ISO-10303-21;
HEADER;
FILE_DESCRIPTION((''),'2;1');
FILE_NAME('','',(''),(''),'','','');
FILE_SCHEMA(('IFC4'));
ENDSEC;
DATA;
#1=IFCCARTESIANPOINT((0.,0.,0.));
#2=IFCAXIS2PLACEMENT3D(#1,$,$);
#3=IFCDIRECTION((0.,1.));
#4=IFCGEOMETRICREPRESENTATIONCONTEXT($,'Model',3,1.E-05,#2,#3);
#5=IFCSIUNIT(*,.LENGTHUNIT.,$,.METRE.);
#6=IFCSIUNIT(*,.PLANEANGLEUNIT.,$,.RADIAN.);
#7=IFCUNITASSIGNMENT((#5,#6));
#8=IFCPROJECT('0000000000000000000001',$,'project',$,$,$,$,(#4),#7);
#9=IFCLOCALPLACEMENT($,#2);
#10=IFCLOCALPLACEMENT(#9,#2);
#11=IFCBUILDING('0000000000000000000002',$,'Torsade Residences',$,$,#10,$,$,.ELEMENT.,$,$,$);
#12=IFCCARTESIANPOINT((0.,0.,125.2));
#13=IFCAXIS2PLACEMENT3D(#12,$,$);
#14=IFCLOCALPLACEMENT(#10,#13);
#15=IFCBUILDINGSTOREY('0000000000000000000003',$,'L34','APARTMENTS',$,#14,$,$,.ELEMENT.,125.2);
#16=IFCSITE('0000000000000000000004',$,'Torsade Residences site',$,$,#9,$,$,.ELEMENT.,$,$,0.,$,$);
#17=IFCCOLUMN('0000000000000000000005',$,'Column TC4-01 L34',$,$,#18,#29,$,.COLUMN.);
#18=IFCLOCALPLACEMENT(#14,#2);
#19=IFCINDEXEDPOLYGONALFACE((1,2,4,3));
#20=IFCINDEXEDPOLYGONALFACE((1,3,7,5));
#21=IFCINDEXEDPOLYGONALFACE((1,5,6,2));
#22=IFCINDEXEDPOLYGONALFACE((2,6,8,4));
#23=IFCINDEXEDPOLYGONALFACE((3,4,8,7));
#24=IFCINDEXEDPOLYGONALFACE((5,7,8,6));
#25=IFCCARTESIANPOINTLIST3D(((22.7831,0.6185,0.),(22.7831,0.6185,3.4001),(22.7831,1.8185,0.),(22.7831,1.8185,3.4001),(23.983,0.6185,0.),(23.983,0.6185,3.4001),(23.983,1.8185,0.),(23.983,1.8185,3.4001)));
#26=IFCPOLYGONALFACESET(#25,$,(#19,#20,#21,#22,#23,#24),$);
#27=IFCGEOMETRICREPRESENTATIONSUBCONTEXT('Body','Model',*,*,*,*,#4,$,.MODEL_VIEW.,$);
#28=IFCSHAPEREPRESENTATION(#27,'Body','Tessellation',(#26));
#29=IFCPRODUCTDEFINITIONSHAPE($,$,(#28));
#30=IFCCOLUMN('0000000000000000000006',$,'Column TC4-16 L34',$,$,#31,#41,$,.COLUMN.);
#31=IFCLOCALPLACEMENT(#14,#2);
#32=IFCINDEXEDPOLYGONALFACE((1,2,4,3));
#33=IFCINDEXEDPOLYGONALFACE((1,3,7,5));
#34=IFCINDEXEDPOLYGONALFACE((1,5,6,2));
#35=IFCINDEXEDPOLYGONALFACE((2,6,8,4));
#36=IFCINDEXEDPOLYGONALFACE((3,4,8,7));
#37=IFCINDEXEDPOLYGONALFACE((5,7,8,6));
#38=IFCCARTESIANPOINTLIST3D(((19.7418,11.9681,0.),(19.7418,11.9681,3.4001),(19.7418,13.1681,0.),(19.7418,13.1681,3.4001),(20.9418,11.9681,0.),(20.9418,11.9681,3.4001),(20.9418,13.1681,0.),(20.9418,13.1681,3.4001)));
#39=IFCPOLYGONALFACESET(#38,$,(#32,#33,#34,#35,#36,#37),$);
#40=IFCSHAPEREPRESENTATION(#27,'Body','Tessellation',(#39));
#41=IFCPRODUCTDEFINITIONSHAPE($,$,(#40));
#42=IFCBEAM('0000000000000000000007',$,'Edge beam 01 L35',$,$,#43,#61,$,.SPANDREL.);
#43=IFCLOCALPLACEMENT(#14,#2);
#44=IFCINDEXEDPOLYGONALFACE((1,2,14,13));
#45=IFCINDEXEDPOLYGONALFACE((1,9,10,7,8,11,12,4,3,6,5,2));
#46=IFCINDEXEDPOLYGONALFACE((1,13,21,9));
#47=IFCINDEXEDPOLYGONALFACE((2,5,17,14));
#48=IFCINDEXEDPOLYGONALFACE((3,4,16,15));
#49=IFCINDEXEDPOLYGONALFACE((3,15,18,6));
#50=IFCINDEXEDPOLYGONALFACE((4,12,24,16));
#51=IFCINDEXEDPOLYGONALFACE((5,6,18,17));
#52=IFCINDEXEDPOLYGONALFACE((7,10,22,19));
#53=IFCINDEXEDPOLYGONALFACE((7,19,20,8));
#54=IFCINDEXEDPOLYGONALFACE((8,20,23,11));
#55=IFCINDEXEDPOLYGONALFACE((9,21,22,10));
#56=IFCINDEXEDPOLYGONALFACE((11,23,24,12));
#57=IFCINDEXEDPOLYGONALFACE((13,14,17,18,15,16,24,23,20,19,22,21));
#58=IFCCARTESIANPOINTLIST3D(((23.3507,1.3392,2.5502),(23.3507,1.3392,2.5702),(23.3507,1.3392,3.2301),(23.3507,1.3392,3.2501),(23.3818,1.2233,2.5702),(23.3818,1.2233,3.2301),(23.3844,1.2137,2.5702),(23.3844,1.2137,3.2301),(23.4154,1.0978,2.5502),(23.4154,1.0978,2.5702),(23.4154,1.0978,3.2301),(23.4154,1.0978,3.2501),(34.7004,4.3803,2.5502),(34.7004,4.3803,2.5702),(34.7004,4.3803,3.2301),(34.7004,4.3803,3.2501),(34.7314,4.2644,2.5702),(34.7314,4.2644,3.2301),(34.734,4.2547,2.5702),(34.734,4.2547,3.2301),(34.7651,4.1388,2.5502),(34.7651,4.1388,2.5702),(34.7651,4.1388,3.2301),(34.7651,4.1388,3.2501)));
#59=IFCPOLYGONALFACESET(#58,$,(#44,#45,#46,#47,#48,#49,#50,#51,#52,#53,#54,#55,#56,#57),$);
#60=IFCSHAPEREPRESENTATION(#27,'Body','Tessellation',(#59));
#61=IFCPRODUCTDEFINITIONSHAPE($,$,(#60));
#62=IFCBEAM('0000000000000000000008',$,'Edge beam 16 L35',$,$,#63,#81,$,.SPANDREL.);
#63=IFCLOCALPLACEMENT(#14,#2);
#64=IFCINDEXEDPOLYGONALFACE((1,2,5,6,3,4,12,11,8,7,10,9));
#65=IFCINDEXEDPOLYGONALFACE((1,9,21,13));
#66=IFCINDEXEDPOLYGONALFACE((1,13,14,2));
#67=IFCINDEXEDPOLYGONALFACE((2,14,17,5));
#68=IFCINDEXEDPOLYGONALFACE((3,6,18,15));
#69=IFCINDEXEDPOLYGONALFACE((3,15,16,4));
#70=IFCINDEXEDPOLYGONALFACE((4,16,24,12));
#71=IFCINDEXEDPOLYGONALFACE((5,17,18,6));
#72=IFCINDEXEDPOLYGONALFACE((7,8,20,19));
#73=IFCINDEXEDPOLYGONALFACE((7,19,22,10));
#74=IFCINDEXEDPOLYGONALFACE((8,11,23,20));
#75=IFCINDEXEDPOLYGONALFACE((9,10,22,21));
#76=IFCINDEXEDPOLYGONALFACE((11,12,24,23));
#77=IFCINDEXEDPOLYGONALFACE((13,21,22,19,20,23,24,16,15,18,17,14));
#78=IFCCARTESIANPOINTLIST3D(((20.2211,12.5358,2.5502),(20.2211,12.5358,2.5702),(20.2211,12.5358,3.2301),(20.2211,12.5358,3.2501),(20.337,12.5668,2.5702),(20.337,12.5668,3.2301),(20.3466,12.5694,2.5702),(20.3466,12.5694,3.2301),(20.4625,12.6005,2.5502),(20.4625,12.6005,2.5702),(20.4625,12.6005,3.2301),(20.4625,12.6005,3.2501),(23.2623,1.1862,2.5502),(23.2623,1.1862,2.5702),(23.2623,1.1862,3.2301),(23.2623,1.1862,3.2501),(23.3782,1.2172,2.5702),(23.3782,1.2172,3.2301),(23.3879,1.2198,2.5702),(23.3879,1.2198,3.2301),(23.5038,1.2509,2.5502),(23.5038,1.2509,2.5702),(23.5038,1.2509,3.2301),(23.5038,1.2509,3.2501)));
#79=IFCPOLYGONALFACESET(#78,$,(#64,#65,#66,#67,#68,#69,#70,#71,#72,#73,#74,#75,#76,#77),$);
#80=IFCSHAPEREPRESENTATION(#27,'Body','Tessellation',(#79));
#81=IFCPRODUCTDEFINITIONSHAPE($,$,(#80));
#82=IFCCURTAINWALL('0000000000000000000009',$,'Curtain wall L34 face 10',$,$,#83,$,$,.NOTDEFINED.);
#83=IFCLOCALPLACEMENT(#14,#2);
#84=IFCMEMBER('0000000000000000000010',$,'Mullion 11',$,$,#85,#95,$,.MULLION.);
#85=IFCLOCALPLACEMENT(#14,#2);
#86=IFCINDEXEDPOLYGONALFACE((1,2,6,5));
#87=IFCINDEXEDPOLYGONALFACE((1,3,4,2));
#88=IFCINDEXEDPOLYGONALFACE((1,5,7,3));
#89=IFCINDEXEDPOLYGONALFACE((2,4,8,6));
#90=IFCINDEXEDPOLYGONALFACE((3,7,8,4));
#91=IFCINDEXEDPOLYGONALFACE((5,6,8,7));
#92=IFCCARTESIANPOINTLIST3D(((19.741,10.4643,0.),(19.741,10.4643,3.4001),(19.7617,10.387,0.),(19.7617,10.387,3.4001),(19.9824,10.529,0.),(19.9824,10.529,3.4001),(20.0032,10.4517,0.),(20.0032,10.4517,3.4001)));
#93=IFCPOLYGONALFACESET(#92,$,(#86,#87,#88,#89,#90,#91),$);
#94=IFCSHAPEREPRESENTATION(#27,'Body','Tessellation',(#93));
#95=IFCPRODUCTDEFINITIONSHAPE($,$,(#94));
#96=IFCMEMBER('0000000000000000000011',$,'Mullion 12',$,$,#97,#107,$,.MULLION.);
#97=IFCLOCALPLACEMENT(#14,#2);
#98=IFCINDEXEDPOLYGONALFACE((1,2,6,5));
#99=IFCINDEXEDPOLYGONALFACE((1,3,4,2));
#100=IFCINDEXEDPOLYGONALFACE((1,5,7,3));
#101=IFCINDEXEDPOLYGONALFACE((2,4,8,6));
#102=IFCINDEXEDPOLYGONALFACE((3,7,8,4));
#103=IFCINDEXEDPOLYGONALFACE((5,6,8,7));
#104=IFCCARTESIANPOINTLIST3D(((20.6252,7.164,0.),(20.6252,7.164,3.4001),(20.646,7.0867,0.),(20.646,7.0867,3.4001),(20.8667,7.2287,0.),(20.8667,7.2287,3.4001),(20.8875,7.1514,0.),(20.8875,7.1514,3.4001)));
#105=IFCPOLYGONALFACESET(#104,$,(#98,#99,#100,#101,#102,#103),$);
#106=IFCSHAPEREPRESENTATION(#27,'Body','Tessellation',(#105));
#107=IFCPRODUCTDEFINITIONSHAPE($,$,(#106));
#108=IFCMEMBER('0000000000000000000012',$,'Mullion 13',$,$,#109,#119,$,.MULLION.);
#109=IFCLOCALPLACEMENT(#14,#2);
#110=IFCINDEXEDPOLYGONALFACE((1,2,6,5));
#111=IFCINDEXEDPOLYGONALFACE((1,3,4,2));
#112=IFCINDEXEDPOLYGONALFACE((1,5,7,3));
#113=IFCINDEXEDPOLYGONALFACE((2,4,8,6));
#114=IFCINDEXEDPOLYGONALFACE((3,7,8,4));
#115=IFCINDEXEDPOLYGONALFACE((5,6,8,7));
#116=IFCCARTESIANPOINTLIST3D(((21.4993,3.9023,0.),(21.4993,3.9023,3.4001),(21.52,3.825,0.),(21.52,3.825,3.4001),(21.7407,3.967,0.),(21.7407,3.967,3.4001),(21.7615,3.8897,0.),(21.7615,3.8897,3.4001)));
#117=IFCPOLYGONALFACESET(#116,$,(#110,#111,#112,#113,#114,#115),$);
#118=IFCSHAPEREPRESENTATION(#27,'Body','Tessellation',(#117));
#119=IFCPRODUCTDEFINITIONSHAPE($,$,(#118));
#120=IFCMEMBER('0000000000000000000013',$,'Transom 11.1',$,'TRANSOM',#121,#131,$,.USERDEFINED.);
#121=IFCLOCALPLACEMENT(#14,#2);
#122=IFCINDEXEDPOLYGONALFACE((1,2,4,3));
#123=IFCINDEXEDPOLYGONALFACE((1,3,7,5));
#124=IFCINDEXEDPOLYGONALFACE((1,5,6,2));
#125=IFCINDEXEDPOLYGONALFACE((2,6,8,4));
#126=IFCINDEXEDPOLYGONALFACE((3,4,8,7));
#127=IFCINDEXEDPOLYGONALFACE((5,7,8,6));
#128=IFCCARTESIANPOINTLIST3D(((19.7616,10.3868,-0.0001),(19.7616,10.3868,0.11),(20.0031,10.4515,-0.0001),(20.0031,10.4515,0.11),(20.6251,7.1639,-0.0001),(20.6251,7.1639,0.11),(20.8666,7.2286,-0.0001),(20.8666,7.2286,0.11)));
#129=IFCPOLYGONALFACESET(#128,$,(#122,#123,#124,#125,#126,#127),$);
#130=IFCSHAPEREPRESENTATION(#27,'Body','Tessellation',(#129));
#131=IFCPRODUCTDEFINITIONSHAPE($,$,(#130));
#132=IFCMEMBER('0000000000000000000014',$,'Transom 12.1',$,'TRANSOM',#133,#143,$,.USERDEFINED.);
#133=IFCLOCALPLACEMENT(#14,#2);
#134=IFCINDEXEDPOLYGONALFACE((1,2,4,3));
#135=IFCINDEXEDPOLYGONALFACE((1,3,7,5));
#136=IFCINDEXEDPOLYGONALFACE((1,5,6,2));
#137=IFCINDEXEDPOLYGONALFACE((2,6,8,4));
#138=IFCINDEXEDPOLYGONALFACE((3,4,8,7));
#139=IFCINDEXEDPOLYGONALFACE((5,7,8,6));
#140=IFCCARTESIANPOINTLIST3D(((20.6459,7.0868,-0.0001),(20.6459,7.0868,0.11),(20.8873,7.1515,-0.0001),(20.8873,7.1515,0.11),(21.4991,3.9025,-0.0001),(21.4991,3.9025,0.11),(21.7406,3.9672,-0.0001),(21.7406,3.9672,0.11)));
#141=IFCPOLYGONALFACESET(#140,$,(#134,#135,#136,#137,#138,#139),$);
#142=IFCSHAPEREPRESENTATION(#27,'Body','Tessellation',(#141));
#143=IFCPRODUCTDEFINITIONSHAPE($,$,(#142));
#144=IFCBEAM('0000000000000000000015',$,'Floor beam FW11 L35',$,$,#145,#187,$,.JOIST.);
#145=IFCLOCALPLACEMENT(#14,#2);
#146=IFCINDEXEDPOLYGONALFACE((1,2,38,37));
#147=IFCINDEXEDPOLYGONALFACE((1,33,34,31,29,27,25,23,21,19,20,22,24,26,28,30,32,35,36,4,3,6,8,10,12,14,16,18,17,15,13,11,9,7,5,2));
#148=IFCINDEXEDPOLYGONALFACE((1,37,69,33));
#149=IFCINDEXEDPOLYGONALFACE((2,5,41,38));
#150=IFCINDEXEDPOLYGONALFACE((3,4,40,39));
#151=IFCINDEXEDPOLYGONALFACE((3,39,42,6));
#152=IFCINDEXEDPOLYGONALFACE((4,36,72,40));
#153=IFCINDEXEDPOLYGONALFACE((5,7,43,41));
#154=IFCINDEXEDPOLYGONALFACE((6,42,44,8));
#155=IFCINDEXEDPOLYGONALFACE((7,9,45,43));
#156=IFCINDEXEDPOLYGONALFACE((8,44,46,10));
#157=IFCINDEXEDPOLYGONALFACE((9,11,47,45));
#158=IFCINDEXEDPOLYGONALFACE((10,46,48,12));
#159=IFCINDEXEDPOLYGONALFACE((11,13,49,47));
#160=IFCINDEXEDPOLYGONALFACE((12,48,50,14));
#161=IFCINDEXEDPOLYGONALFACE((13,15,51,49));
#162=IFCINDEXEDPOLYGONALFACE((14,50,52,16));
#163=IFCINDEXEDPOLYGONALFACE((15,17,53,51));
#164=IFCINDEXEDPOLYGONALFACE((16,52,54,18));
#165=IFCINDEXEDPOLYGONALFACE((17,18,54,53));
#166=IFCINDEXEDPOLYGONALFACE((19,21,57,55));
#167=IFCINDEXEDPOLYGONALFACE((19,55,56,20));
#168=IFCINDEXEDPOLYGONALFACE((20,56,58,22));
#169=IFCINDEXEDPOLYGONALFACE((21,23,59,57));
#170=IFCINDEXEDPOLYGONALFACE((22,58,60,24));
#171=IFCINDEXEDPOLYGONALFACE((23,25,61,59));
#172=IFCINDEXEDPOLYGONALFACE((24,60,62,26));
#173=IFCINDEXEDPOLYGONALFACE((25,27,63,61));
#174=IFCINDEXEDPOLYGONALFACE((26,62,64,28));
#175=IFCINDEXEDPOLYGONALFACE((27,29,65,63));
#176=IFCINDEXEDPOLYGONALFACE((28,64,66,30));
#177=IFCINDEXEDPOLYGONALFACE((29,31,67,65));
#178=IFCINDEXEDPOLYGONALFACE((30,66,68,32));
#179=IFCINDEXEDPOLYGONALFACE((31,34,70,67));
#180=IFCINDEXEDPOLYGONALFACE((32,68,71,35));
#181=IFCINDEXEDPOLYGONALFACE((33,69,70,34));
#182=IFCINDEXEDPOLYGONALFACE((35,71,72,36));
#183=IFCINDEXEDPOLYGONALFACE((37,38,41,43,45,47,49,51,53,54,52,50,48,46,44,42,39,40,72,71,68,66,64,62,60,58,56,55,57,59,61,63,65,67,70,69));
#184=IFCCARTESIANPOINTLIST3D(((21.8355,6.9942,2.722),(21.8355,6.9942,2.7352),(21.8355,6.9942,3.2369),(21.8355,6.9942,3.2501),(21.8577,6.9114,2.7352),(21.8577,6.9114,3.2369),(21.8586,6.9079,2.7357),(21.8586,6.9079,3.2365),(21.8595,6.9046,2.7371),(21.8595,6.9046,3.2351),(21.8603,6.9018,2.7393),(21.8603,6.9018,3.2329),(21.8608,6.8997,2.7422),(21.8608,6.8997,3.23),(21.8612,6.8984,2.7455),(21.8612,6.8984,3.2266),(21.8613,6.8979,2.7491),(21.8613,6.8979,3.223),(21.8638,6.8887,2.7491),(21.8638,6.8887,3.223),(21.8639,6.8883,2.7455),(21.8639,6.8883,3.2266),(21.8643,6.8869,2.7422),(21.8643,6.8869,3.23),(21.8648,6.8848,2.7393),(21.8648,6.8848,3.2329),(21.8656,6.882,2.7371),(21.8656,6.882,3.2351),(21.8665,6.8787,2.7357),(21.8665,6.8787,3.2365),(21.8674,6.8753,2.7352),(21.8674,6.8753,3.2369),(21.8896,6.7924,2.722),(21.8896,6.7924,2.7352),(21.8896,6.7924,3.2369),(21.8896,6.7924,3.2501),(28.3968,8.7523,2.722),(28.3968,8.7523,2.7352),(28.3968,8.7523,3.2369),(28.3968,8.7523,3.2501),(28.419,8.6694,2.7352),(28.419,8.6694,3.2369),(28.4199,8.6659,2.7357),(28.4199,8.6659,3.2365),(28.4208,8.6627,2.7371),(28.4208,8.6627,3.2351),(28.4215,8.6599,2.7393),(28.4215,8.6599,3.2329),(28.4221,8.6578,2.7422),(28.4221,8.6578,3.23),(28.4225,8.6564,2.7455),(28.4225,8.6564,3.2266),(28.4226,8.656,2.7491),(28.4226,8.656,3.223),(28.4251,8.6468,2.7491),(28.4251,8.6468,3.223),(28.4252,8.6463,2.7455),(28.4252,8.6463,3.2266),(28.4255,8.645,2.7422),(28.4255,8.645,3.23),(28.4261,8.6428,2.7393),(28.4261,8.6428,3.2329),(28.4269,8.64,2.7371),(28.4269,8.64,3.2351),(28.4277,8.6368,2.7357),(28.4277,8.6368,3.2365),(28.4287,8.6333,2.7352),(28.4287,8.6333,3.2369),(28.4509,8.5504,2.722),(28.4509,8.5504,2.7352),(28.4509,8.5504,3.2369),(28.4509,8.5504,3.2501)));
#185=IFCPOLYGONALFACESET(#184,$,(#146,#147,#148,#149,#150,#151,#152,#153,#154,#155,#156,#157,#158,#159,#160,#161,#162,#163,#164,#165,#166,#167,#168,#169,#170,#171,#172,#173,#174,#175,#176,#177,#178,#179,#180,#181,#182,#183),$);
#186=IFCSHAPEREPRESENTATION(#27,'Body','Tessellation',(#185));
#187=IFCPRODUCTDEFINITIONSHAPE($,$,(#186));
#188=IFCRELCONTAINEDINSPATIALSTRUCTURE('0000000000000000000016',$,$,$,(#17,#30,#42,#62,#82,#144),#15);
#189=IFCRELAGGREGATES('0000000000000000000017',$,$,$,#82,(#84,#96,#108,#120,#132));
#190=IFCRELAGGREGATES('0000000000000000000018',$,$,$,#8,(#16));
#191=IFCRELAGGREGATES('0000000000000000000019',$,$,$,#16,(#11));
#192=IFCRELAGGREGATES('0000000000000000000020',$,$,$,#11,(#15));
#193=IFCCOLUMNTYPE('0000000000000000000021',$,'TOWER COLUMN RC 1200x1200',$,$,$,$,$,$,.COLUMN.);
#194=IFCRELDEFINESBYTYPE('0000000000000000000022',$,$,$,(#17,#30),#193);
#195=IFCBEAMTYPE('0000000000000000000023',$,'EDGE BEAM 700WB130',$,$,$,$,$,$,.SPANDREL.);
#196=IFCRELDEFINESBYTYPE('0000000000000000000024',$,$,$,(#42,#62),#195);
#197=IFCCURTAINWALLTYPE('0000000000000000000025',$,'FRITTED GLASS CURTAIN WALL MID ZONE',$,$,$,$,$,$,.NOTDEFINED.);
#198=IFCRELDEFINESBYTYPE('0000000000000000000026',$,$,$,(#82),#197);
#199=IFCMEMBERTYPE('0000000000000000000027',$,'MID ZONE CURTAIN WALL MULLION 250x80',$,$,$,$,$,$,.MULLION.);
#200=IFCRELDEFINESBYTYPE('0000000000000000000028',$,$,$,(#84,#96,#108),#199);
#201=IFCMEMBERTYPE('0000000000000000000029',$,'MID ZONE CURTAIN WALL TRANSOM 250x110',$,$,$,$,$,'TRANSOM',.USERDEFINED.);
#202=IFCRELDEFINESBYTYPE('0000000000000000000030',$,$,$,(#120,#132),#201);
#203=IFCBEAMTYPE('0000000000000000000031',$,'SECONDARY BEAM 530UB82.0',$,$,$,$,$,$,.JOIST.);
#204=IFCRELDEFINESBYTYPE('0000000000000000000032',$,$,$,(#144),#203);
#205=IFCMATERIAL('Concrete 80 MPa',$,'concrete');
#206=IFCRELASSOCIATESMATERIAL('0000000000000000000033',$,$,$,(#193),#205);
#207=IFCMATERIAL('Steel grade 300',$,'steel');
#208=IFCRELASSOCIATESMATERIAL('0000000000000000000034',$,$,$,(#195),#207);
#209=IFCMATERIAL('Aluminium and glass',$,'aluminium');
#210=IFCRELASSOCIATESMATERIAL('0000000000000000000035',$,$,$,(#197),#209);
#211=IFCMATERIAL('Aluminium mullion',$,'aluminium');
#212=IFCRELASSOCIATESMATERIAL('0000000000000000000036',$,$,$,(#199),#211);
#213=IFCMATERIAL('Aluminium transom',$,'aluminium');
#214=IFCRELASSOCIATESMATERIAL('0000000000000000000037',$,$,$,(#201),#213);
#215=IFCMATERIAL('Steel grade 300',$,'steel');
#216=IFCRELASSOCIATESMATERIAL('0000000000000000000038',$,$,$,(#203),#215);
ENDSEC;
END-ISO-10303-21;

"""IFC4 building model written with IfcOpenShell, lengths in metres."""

from ifc_helpers import new_model, si_unit, direction, frame, origin, origin_2d, place, context, subcontext, project, spatial, rectangle, i_section, extrude, material, material_profile, profile_set, type_object, element, aggregate, save


model = new_model("IFC4")

# Units and contexts
model_context = context("Model", 3, precision=1e-05, world=origin(), true_north=direction((0.0, 1.0)))
body_context = subcontext(model_context, "Body", "Model", "MODEL_VIEW")
ifc_project = project(units=[si_unit("LENGTHUNIT", "METRE"), si_unit("PLANEANGLEUNIT", "RADIAN")], contexts=[model_context])

# Site, building, storey
site_placement = place(None, origin())
site = spatial("IfcSite", under=ifc_project, at=site_placement, Name="Torsade Residences site", CompositionType="ELEMENT", RefElevation=0.0)
building_placement = place(site_placement, origin())
building = spatial("IfcBuilding", under=site, at=building_placement, Name="Torsade Residences", CompositionType="ELEMENT")
storey_placement = place(building_placement, frame((0.0, 0.0, 125.2)))
storey = spatial("IfcBuildingStorey", under=building, at=storey_placement, Name="L34", Description="APARTMENTS", CompositionType="ELEMENT", Elevation=125.2)

# Columns
ifc_material_1 = material(Name="Concrete 80 MPa", Category="concrete")
ifc_material_profile_1 = material_profile(ifc_material_1, rectangle(XDim=1.2, YDim=1.2, at=origin_2d()), Name="RC 1200x1200")
ifc_profile_set_1 = profile_set([ifc_material_profile_1], Name="Concrete 80 MPa")
column_type = type_object("IfcColumnType", Name="TOWER COLUMN RC 1200x1200", PredefinedType="COLUMN", material=ifc_profile_set_1)
for number, where, z_axis, x_axis, name in (
    (1, (23.3831, 1.2185, 0.0), (0.0, 0.0, 1.0), (1.0, 0.0, 0.0), "Column TC4-01 L34"),
    (2, (20.3418, 12.5681, 0.0), (0.0, 0.0, 1.0), (1.0, 0.0, 0.0), "Column TC4-16 L34"),
):
    element("IfcColumn", number, at=place(storey_placement, frame(where, z_axis=z_axis, x_axis=x_axis)), inside=storey, type_object=column_type, Name=name, PredefinedType="COLUMN", context=body_context, shape_type="SweptSolid", body=[
        extrude(rectangle(XDim=1.2, YDim=1.2, at=origin_2d()), origin(), (0.0, 0.0, 1.0), 3.4001),
    ])

# Beams
ifc_material_2 = material(Name="Steel grade 300", Category="steel")
ifc_material_profile_2 = material_profile(ifc_material_2, i_section(OverallWidth=0.25, OverallDepth=0.7, WebThickness=0.01, FlangeThickness=0.02, at=origin_2d()), Name="700WB130")
ifc_profile_set_2 = profile_set([ifc_material_profile_2], Name="Steel grade 300")
beam_type_1 = type_object("IfcBeamType", Name="EDGE BEAM 700WB130", PredefinedType="SPANDREL", material=ifc_profile_set_2)
for number, where, z_axis, x_axis, name in (
    (3, (23.3831, 1.2185, 2.9001), (0.965928, 0.258811, 0.0), (-0.258811, 0.965928, 0.0), "Edge beam 01 L35"),
    (4, (20.3418, 12.5681, 2.9001), (0.25883, -0.965923, 0.0), (0.965923, 0.25883, 0.0), "Edge beam 16 L35"),
):
    element("IfcBeam", number, at=place(storey_placement, frame(where, z_axis=z_axis, x_axis=x_axis)), inside=storey, type_object=beam_type_1, Name=name, PredefinedType="SPANDREL", context=body_context, shape_type="SweptSolid", body=[
        extrude(i_section(OverallWidth=0.25, OverallDepth=0.7, WebThickness=0.01, FlangeThickness=0.02, at=origin_2d()), origin(), (0.0, 0.0, 1.0), 11.75),
    ])

# Curtain wall, members
ifc_material_3 = material(Name="Aluminium and glass", Category="aluminium")
curtain_wall_type = type_object("IfcCurtainWallType", Name="FRITTED GLASS CURTAIN WALL MID ZONE", PredefinedType="NOTDEFINED", material=ifc_material_3)
curtain_wall_placement = place(storey_placement, origin())
curtain_wall = element("IfcCurtainWall", 5, at=curtain_wall_placement, inside=storey, type_object=curtain_wall_type, Name="Curtain wall L34 face 10", PredefinedType="NOTDEFINED")
ifc_material_4 = material(Name="Aluminium mullion", Category="aluminium")
ifc_material_profile_3 = material_profile(ifc_material_4, rectangle(XDim=0.25, YDim=0.0801, at=origin_2d()), Name="MID ZONE CURTAIN WALL MULLION 250x80")
ifc_profile_set_3 = profile_set([ifc_material_profile_3], Name="Aluminium mullion")
member_type_1 = type_object("IfcMemberType", Name="MID ZONE CURTAIN WALL MULLION 250x80", PredefinedType="MULLION", material=ifc_profile_set_3)
member_1_placement = place(storey_placement, frame((19.8721, 10.458, 0.0), z_axis=(0.0, 0.0, 1.0), x_axis=(0.965926, 0.258819, 0.0)))
member_1 = element("IfcMember", 6, at=member_1_placement, type_object=member_type_1, Name="Mullion 11", PredefinedType="MULLION", context=body_context, shape_type="SweptSolid", body=[
    extrude(rectangle(XDim=0.25, YDim=0.0801, at=origin_2d()), origin(), (0.0, 0.0, 1.0), 3.4001),
])
member_2_placement = place(storey_placement, frame((20.7563, 7.1577, 0.0), z_axis=(0.0, 0.0, 1.0), x_axis=(0.965926, 0.258819, 0.0)))
member_2 = element("IfcMember", 7, at=member_2_placement, type_object=member_type_1, Name="Mullion 12", PredefinedType="MULLION", context=body_context, shape_type="SweptSolid", body=[
    extrude(rectangle(XDim=0.25, YDim=0.0801, at=origin_2d()), origin(), (0.0, 0.0, 1.0), 3.4001),
])
member_3_placement = place(storey_placement, frame((21.6304, 3.896, 0.0), z_axis=(0.0, 0.0, 1.0), x_axis=(0.965926, 0.258819, 0.0)))
member_3 = element("IfcMember", 8, at=member_3_placement, type_object=member_type_1, Name="Mullion 13", PredefinedType="MULLION", context=body_context, shape_type="SweptSolid", body=[
    extrude(rectangle(XDim=0.25, YDim=0.0801, at=origin_2d()), origin(), (0.0, 0.0, 1.0), 3.4001),
])
ifc_material_5 = material(Name="Aluminium transom", Category="aluminium")
ifc_material_profile_4 = material_profile(ifc_material_5, rectangle(XDim=0.25, YDim=0.1101, at=origin_2d()), Name="MID ZONE CURTAIN WALL TRANSOM 250x110")
ifc_profile_set_4 = profile_set([ifc_material_profile_4], Name="Aluminium transom")
member_type_2 = type_object("IfcMemberType", Name="MID ZONE CURTAIN WALL TRANSOM 250x110", ElementType="TRANSOM", PredefinedType="USERDEFINED", material=ifc_profile_set_4)
member_4_placement = place(storey_placement, frame((19.8823, 10.4192, 0.0549), z_axis=(0.258806, -0.965929, 0.0), x_axis=(0.965929, 0.258806, 0.0)))
member_4 = element("IfcMember", 9, at=member_4_placement, type_object=member_type_2, Name="Transom 11.1", ObjectType="TRANSOM", PredefinedType="USERDEFINED", context=body_context, shape_type="SweptSolid", body=[
    extrude(rectangle(XDim=0.25, YDim=0.1101, at=origin_2d()), origin(), (0.0, 0.0, 1.0), 3.3367),
])
member_5_placement = place(storey_placement, frame((20.7666, 7.1191, 0.0549), z_axis=(0.258829, -0.965923, 0.0), x_axis=(0.965923, 0.258829, 0.0)))
member_5 = element("IfcMember", 10, at=member_5_placement, type_object=member_type_2, Name="Transom 12.1", ObjectType="TRANSOM", PredefinedType="USERDEFINED", context=body_context, shape_type="SweptSolid", body=[
    extrude(rectangle(XDim=0.25, YDim=0.1101, at=origin_2d()), origin(), (0.0, 0.0, 1.0), 3.2966),
])

# Beam
ifc_material_6 = material(Name="Steel grade 300", Category="steel")
ifc_material_profile_5 = material_profile(ifc_material_6, i_section(OverallWidth=0.209, OverallDepth=0.5281, WebThickness=0.0095, FlangeThickness=0.0132, FilletRadius=0.0139, at=origin_2d()), Name="530UB82.0")
ifc_profile_set_5 = profile_set([ifc_material_profile_5], Name="Steel grade 300")
beam_type_2 = type_object("IfcBeamType", Name="SECONDARY BEAM 530UB82.0", PredefinedType="JOIST", material=ifc_profile_set_5)
beam_1_placement = place(storey_placement, frame((21.8625, 6.8933, 2.9861), z_axis=(0.965927, 0.258815, 0.0), x_axis=(-0.258815, 0.965927, 0.0)))
element("IfcBeam", 11, at=beam_1_placement, inside=storey, type_object=beam_type_2, Name="Floor beam FW11 L35", PredefinedType="JOIST", context=body_context, shape_type="SweptSolid", body=[
    extrude(i_section(OverallWidth=0.209, OverallDepth=0.5281, WebThickness=0.0095, FlangeThickness=0.0132, FilletRadius=0.0139, at=origin_2d()), origin(), (0.0, 0.0, 1.0), 6.7927),
])

aggregate(curtain_wall, [member_1, member_2, member_3, member_4, member_5])

save(model, "model.ifc")
